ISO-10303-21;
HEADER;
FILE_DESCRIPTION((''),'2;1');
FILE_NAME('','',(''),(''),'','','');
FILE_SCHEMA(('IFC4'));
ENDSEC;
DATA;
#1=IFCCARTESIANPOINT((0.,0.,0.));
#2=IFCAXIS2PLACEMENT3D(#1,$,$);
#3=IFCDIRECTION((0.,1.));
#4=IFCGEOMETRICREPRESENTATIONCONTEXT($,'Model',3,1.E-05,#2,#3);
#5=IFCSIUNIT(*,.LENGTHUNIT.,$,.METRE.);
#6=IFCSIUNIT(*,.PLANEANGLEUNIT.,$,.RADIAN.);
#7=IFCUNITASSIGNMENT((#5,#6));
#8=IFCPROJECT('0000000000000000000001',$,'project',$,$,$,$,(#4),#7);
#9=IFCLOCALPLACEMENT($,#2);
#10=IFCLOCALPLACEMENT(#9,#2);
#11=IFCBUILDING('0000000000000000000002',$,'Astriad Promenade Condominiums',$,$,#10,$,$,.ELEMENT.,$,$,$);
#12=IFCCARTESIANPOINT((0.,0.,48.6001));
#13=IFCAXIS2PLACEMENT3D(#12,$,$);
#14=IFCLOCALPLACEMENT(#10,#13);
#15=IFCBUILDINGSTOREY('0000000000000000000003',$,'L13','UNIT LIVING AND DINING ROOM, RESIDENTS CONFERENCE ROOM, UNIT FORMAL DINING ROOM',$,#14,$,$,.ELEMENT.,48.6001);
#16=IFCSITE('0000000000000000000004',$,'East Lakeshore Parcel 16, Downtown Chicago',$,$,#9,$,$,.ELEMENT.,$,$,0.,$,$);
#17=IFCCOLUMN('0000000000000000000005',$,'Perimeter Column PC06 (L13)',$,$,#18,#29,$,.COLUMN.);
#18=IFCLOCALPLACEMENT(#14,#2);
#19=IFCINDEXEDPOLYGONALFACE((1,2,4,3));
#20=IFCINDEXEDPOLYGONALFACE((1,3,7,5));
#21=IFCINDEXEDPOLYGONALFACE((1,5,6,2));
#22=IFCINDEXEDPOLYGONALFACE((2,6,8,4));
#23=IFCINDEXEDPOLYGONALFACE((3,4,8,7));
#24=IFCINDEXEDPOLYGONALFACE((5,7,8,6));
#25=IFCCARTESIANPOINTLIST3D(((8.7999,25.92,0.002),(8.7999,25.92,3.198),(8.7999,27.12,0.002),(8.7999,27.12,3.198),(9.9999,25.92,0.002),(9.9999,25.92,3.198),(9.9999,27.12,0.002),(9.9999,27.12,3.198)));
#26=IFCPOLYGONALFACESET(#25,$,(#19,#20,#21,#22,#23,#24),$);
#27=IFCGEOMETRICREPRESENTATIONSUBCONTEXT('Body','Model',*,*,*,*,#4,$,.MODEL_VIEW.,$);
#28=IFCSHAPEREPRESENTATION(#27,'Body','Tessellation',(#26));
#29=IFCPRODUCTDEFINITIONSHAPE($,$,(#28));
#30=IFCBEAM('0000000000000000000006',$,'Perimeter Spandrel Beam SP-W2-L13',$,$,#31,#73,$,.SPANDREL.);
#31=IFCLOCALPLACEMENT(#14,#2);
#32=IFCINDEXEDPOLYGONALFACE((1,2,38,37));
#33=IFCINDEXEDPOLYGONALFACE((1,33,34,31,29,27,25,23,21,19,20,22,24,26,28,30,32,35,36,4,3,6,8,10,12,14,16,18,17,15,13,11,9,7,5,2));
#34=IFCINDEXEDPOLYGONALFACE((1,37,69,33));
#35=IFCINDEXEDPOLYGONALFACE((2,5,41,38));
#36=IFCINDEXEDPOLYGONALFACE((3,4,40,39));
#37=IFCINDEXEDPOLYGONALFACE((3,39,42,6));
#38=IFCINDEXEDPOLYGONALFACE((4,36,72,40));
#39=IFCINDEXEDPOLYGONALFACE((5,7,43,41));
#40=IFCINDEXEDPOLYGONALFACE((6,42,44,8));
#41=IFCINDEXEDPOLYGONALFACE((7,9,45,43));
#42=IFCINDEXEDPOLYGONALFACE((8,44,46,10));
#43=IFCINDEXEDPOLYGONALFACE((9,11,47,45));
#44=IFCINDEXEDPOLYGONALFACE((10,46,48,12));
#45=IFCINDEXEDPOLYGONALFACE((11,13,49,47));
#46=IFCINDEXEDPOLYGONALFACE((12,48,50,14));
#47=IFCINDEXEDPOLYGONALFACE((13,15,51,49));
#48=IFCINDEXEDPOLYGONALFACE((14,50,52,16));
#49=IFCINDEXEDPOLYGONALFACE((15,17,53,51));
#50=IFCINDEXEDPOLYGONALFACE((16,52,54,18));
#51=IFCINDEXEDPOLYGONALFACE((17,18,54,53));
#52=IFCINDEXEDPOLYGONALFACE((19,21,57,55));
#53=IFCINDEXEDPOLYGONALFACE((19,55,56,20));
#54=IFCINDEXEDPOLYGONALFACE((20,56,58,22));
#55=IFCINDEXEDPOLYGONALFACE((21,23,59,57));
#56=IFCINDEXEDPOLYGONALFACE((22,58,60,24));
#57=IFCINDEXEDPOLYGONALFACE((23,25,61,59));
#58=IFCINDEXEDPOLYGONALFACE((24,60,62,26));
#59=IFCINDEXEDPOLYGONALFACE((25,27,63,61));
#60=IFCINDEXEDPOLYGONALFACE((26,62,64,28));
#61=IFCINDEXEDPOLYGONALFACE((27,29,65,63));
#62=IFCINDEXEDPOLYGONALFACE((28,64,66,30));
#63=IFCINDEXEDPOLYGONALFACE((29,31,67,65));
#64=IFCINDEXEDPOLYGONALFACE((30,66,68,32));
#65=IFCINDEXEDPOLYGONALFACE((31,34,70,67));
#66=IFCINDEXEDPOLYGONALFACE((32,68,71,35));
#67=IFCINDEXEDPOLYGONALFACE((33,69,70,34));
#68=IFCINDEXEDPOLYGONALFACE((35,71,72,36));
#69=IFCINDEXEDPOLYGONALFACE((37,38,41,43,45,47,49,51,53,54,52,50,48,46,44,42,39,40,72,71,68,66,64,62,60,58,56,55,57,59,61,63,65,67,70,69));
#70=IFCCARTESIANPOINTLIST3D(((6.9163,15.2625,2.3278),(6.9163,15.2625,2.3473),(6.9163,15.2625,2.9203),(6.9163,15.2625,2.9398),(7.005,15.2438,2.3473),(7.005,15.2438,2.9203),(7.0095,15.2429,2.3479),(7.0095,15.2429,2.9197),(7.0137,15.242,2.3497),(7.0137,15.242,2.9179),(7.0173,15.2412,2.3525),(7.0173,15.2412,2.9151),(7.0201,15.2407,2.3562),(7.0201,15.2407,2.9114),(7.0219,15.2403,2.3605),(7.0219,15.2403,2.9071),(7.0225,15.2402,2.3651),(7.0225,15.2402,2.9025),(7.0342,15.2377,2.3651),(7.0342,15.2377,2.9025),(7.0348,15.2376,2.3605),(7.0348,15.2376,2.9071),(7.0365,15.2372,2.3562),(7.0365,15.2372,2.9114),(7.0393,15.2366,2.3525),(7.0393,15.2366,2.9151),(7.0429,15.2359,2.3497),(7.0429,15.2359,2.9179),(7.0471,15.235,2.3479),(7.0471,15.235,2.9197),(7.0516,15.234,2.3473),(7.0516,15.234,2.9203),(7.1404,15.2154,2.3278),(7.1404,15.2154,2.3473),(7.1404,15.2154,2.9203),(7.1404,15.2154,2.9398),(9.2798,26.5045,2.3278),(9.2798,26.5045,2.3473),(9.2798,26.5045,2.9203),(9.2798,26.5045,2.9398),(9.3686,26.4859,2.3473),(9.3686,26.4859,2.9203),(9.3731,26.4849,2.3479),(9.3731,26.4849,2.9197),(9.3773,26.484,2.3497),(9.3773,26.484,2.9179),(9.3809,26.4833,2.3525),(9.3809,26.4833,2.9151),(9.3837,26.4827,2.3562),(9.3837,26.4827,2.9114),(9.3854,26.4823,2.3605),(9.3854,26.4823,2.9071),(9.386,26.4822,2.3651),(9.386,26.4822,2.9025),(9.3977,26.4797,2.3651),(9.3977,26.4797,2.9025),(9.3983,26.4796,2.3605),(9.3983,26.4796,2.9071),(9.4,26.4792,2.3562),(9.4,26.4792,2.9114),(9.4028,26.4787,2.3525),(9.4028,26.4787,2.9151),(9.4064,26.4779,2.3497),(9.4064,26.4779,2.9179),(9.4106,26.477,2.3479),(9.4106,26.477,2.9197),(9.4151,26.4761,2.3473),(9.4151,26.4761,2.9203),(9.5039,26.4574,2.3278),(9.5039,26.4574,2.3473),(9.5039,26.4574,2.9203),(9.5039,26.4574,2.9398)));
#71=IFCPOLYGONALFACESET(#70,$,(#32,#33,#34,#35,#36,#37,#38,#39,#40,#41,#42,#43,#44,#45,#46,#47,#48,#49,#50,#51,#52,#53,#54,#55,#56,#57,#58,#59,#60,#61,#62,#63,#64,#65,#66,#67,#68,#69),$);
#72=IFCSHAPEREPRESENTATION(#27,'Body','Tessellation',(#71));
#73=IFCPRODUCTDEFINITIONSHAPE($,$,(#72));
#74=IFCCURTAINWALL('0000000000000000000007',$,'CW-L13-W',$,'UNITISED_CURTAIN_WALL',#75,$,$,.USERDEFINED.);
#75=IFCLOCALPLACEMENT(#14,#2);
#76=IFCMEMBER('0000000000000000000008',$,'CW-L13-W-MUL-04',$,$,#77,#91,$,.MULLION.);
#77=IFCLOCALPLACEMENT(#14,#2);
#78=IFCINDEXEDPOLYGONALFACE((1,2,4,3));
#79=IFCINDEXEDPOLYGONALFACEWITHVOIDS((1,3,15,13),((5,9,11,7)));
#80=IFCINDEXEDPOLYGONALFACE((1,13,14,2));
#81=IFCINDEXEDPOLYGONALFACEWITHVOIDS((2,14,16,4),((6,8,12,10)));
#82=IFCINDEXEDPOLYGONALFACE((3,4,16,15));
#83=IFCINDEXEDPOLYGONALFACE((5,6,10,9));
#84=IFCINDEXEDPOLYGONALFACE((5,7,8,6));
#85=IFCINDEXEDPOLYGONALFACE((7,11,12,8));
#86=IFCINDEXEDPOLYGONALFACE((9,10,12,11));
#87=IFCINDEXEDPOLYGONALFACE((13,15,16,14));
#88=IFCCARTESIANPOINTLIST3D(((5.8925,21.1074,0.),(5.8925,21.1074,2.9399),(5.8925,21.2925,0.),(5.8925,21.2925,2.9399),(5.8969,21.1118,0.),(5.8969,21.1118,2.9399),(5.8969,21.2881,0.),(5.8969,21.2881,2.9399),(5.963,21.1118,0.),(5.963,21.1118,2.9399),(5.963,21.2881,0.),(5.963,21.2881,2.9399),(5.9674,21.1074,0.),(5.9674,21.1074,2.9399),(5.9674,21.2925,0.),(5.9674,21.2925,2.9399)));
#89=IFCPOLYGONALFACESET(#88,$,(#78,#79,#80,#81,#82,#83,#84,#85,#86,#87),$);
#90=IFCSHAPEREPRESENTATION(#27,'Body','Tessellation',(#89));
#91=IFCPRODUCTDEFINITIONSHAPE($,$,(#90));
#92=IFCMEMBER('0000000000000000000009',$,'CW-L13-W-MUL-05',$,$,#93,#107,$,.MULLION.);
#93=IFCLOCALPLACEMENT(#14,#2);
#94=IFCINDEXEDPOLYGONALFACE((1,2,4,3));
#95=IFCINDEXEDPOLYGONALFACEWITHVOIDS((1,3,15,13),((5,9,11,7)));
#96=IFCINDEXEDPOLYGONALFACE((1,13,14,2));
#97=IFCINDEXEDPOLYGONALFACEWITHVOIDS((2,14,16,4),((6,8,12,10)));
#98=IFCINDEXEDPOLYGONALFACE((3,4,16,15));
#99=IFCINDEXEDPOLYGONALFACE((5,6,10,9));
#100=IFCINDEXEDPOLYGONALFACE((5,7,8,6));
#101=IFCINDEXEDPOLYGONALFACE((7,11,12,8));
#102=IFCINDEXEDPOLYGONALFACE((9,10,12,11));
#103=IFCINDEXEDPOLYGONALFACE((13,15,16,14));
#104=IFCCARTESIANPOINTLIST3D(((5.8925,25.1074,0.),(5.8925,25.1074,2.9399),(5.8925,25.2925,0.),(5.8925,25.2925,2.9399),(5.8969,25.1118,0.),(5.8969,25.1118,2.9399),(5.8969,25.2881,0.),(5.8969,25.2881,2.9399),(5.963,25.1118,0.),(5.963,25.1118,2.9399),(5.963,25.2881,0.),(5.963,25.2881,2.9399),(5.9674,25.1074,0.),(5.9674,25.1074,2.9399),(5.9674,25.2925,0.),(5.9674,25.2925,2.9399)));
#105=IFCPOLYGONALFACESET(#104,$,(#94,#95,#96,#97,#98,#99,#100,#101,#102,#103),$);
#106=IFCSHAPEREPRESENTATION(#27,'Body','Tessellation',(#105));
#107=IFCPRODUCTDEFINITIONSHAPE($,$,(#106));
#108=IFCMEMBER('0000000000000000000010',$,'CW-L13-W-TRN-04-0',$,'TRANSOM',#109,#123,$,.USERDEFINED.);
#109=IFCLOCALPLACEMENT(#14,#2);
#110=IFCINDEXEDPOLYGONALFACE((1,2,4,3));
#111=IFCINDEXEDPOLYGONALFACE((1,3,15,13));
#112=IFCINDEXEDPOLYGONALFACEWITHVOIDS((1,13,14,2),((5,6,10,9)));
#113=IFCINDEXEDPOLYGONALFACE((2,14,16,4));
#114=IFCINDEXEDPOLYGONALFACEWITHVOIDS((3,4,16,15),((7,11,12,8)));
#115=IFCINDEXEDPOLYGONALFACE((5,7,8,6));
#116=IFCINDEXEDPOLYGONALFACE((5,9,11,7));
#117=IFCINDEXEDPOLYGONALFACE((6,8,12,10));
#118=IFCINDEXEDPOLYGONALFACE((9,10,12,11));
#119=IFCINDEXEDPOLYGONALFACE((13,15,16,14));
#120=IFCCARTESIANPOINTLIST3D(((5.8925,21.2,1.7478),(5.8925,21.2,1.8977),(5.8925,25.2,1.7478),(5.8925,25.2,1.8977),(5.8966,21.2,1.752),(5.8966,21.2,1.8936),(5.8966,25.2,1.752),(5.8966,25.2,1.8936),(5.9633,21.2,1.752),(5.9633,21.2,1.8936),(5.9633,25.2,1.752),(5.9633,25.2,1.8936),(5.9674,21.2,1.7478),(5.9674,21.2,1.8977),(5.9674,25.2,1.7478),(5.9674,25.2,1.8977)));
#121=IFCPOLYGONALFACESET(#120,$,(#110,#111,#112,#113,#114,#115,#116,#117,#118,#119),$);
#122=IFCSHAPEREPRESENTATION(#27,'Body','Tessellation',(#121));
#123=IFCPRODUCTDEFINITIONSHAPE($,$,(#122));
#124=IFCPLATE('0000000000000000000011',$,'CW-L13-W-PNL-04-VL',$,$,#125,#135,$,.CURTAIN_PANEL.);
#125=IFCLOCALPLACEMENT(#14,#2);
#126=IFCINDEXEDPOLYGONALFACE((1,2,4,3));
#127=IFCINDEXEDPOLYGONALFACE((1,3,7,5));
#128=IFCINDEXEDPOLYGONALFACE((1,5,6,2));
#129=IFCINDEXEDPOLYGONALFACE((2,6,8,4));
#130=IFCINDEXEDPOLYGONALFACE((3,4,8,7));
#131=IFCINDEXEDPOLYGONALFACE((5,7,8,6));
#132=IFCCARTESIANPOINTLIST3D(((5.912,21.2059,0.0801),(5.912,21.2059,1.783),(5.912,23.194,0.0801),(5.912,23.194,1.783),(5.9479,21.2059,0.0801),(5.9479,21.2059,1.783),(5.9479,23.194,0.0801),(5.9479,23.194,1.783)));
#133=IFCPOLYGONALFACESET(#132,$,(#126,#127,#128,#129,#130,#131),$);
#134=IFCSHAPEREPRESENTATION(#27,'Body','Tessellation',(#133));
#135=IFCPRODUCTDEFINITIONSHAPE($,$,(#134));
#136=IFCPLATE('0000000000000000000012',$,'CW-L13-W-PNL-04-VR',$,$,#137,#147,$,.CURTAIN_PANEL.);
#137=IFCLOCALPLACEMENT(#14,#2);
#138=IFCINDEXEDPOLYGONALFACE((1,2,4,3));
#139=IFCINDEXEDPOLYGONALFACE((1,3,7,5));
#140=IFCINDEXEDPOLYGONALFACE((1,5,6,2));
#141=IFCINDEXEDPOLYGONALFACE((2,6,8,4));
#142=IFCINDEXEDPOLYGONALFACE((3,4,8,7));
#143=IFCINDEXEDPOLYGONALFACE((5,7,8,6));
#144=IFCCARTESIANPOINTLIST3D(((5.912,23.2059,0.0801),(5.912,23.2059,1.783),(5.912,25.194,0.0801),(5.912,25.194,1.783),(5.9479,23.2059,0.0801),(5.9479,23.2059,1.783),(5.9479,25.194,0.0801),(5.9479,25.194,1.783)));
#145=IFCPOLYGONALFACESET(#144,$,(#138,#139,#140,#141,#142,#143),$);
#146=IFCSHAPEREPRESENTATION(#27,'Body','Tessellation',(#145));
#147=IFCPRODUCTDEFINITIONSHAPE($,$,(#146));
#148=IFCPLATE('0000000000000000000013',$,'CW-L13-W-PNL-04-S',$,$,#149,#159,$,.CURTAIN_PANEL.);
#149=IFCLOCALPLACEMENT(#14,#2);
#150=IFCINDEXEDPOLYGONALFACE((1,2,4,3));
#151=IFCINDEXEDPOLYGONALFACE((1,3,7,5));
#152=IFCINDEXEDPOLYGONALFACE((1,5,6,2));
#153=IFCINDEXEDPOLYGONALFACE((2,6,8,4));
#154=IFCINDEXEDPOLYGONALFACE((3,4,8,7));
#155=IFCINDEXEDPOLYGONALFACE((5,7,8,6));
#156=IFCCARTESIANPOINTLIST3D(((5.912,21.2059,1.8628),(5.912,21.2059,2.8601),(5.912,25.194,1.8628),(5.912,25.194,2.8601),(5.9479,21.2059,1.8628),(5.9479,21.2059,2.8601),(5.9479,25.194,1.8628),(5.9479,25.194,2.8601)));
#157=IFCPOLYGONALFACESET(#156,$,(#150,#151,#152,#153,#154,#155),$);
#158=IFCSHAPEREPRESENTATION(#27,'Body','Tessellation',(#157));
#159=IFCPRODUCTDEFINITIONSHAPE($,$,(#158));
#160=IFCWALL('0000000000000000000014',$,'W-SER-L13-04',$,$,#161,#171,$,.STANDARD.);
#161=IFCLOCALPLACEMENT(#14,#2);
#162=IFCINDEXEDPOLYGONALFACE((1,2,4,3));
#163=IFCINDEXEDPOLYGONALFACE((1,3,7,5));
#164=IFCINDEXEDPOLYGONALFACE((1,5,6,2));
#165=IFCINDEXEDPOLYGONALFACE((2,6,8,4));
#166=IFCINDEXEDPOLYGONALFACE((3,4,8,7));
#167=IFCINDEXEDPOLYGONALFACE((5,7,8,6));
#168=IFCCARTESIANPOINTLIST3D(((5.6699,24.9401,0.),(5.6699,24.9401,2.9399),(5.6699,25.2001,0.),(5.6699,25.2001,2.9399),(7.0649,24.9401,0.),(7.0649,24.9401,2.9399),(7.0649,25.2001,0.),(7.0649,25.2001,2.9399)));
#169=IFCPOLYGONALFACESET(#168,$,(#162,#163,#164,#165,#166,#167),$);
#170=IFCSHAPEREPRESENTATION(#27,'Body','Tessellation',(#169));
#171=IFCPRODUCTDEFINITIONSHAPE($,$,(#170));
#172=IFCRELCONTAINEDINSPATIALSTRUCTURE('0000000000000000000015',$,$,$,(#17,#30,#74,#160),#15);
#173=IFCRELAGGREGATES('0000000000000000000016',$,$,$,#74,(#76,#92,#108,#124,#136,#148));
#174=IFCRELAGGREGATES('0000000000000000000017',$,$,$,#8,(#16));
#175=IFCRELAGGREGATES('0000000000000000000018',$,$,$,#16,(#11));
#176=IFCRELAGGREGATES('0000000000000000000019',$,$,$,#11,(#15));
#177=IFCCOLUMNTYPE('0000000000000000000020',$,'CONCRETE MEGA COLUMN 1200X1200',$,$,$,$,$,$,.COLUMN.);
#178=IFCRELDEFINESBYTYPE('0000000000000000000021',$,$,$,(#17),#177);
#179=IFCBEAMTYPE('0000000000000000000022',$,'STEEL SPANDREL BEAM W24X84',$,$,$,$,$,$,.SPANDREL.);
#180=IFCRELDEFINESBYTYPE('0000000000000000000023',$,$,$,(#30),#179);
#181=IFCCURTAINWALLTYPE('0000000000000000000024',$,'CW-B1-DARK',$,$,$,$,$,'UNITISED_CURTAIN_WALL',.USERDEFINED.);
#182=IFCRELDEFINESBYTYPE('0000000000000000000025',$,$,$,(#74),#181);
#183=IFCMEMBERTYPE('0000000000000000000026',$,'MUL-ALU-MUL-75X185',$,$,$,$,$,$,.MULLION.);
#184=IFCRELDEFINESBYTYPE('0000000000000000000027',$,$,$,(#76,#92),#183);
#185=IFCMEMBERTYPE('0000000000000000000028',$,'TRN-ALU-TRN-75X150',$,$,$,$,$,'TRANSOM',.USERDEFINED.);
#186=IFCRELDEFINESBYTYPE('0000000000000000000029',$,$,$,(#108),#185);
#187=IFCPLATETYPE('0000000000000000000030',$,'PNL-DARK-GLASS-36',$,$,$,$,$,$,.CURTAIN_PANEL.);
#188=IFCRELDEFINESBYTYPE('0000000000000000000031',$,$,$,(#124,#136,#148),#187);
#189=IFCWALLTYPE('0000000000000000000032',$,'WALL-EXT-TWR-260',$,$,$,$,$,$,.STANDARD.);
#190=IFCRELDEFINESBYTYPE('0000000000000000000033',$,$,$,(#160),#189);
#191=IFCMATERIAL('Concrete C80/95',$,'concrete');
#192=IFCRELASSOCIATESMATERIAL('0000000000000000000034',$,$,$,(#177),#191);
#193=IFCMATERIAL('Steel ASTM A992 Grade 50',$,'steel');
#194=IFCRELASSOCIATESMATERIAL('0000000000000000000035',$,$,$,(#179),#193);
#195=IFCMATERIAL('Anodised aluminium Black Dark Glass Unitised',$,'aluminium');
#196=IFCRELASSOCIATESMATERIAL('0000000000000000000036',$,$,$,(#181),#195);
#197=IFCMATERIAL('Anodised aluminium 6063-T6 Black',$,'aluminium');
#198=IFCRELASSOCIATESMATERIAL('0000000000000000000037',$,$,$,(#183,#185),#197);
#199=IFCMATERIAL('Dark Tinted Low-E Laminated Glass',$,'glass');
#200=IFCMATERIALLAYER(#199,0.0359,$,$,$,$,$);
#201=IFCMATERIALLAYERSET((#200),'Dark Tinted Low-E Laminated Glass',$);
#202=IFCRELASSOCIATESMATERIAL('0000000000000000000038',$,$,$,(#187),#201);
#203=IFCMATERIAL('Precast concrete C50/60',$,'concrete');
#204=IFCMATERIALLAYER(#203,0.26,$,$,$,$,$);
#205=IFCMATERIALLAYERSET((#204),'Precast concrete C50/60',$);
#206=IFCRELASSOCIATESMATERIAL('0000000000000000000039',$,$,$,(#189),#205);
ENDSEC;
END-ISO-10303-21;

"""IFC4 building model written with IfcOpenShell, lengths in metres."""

from ifc_helpers import new_model, si_unit, direction, frame, frame_2d, origin, origin_2d, place, context, subcontext, project, spatial, rectangle, hollow_rectangle, i_section, extrude, source, transform, mapped, material, layer, layer_set, material_profile, profile_set, type_object, type_shapes, element, aggregate, save


model = new_model("IFC4")

# Units and contexts
model_context = context("Model", 3, precision=1e-05, world=origin(), true_north=direction((0.0, 1.0)))
body_context = subcontext(model_context, "Body", "Model", "MODEL_VIEW")
ifc_project = project(units=[si_unit("LENGTHUNIT", "METRE"), si_unit("PLANEANGLEUNIT", "RADIAN")], contexts=[model_context])

# Site, building, storey
site_placement = place(None, origin())
site = spatial("IfcSite", under=ifc_project, at=site_placement, Name="East Lakeshore Parcel 16, Downtown Chicago", CompositionType="ELEMENT", RefElevation=0.0)
building_placement = place(site_placement, origin())
building = spatial("IfcBuilding", under=site, at=building_placement, Name="Astriad Promenade Condominiums", CompositionType="ELEMENT")
storey_placement = place(building_placement, frame((0.0, 0.0, 48.6001)))
storey = spatial("IfcBuildingStorey", under=building, at=storey_placement, Name="L13", Description="UNIT LIVING AND DINING ROOM, RESIDENTS CONFERENCE ROOM, UNIT FORMAL DINING ROOM", CompositionType="ELEMENT", Elevation=48.6001)

# Column
ifc_material_1 = material(Name="Concrete C80/95", Category="concrete")
ifc_material_profile_1 = material_profile(ifc_material_1, rectangle(XDim=1.2, YDim=1.2, at=origin_2d()), Name="RC-COL-1200X1200")
ifc_profile_set_1 = profile_set([ifc_material_profile_1], Name="Concrete C80/95")
column_type = type_object("IfcColumnType", Name="CONCRETE MEGA COLUMN 1200X1200", PredefinedType="COLUMN", material=ifc_profile_set_1)
shared_shape_1 = source(origin(), body_context, "Body", "SweptSolid", [
    extrude(rectangle(XDim=1.2, YDim=1.2, at=origin_2d()), origin(), (0.0, 0.0, 1.0), 3.196),
])
type_shapes(column_type, [shared_shape_1])
column_placement = place(storey_placement, frame((9.3999, 26.52, 0.002), z_axis=(0.0, 0.0, 1.0), x_axis=(1.0, 0.0, 0.0)))
element("IfcColumn", 1, at=column_placement, inside=storey, type_object=column_type, Name="Perimeter Column PC06 (L13)", PredefinedType="COLUMN", context=body_context, shape_type="MappedRepresentation", body=[
    mapped(shared_shape_1, transform((0.0, 0.0, 0.0), scale=1.0)),
])

# Beam
ifc_material_2 = material(Name="Steel ASTM A992 Grade 50", Category="steel")
ifc_material_profile_2 = material_profile(ifc_material_2, i_section(OverallWidth=0.229, OverallDepth=0.6121, WebThickness=0.012, FlangeThickness=0.0195, FilletRadius=0.0178, at=origin_2d()), Name="W24X84")
ifc_profile_set_2 = profile_set([ifc_material_profile_2], Name="Steel ASTM A992 Grade 50")
beam_type = type_object("IfcBeamType", Name="STEEL SPANDREL BEAM W24X84", PredefinedType="SPANDREL", material=ifc_profile_set_2)
shared_shape_2 = source(origin(), body_context, "Body", "SweptSolid", [
    extrude(i_section(OverallWidth=0.229, OverallDepth=0.6121, WebThickness=0.012, FlangeThickness=0.0195, FilletRadius=0.0178, at=origin_2d()), origin(), (0.0, 0.0, 1.0), 11.4878),
])
type_shapes(beam_type, [shared_shape_2])
beam_placement = place(storey_placement, frame((9.3918, 26.481, 2.6338), z_axis=(-0.205744, -0.978606, 0.0), x_axis=(0.978606, -0.205744, 0.0)))
element("IfcBeam", 2, at=beam_placement, inside=storey, type_object=beam_type, Name="Perimeter Spandrel Beam SP-W2-L13", PredefinedType="SPANDREL", context=body_context, shape_type="MappedRepresentation", body=[
    mapped(shared_shape_2, transform((0.0, 0.0, 0.0), scale=1.0)),
])

# Curtain wall, members, plates
ifc_material_3 = material(Name="Anodised aluminium Black Dark Glass Unitised", Category="aluminium")
curtain_wall_type = type_object("IfcCurtainWallType", Name="CW-B1-DARK", ElementType="UNITISED_CURTAIN_WALL", PredefinedType="USERDEFINED", material=ifc_material_3)
curtain_wall_placement = place(storey_placement, origin())
curtain_wall = element("IfcCurtainWall", 3, at=curtain_wall_placement, inside=storey, type_object=curtain_wall_type, Name="CW-L13-W", ObjectType="UNITISED_CURTAIN_WALL", PredefinedType="USERDEFINED")
ifc_material_4 = material(Name="Anodised aluminium 6063-T6 Black", Category="aluminium")
ifc_material_profile_3 = material_profile(ifc_material_4, hollow_rectangle(XDim=0.075, YDim=0.1851, WallThickness=0.0044, at=origin_2d()), Name="ALU-MUL-75X185")
ifc_profile_set_3 = profile_set([ifc_material_profile_3], Name="Anodised aluminium 6063-T6 Black")
member_type_1 = type_object("IfcMemberType", Name="MUL-ALU-MUL-75X185", PredefinedType="MULLION", material=ifc_profile_set_3)
shared_shape_3 = source(origin(), body_context, "Body", "SweptSolid", [
    extrude(hollow_rectangle(XDim=0.075, YDim=0.1851, WallThickness=0.0044, at=origin_2d()), origin(), (0.0, 0.0, 1.0), 2.9399),
])
type_shapes(member_type_1, [shared_shape_3])
member_1_placement = place(storey_placement, frame((5.9299, 21.2, 0.0), z_axis=(0.0, 0.0, 1.0), x_axis=(1.0, 0.0, 0.0)))
member_1 = element("IfcMember", 4, at=member_1_placement, type_object=member_type_1, Name="CW-L13-W-MUL-04", PredefinedType="MULLION", context=body_context, shape_type="MappedRepresentation", body=[
    mapped(shared_shape_3, transform((0.0, 0.0, 0.0), scale=1.0)),
])
member_2_placement = place(storey_placement, frame((5.9299, 25.2, 0.0), z_axis=(0.0, 0.0, 1.0), x_axis=(1.0, 0.0, 0.0)))
member_2 = element("IfcMember", 5, at=member_2_placement, type_object=member_type_1, Name="CW-L13-W-MUL-05", PredefinedType="MULLION", context=body_context, shape_type="MappedRepresentation", body=[
    mapped(shared_shape_3, transform((0.0, 0.0, 0.0), scale=1.0)),
])
ifc_material_profile_4 = material_profile(ifc_material_4, hollow_rectangle(XDim=0.075, YDim=0.1499, WallThickness=0.0042, at=origin_2d()), Name="ALU-TRN-75X150")
ifc_profile_set_4 = profile_set([ifc_material_profile_4], Name="Anodised aluminium 6063-T6 Black")
member_type_2 = type_object("IfcMemberType", Name="TRN-ALU-TRN-75X150", ElementType="TRANSOM", PredefinedType="USERDEFINED", material=ifc_profile_set_4)
shared_shape_4 = source(origin(), body_context, "Body", "SweptSolid", [
    extrude(hollow_rectangle(XDim=0.075, YDim=0.1499, WallThickness=0.0042, at=origin_2d()), origin(), (0.0, 0.0, 1.0), 4.0),
])
type_shapes(member_type_2, [shared_shape_4])
member_3_placement = place(storey_placement, frame((5.9299, 21.2, 1.8228), z_axis=(0.0, 1.0, 0.0), x_axis=(-1.0, 0.0, 0.0)))
member_3 = element("IfcMember", 6, at=member_3_placement, type_object=member_type_2, Name="CW-L13-W-TRN-04-0", ObjectType="TRANSOM", PredefinedType="USERDEFINED", context=body_context, shape_type="MappedRepresentation", body=[
    mapped(shared_shape_4, transform((0.0, 0.0, 0.0), scale=1.0)),
])
ifc_material_5 = material(Name="Dark Tinted Low-E Laminated Glass", Category="glass")
ifc_layer_1 = layer(ifc_material_5, 0.0359)
ifc_layer_set_1 = layer_set([ifc_layer_1], Name="Dark Tinted Low-E Laminated Glass")
plate_type = type_object("IfcPlateType", Name="PNL-DARK-GLASS-36", PredefinedType="CURTAIN_PANEL", material=ifc_layer_set_1)
shared_shape_5 = source(origin(), body_context, "Body", "SweptSolid", [
    extrude(rectangle(XDim=1.988, YDim=0.0359, at=origin_2d()), origin(), (0.0, 0.0, 1.0), 1.7029),
])
plate_1_placement = place(storey_placement, frame((5.9299, 22.2, 0.0801), z_axis=(0.0, 0.0, 1.0), x_axis=(0.0, 1.0, 0.0)))
plate_1 = element("IfcPlate", 7, at=plate_1_placement, type_object=plate_type, Name="CW-L13-W-PNL-04-VL", PredefinedType="CURTAIN_PANEL", context=body_context, shape_type="MappedRepresentation", body=[
    mapped(shared_shape_5, transform((0.0, 0.0, 0.0), scale=1.0)),
])
plate_2_placement = place(storey_placement, frame((5.9299, 24.2, 0.0801), z_axis=(0.0, 0.0, 1.0), x_axis=(0.0, 1.0, 0.0)))
plate_2 = element("IfcPlate", 8, at=plate_2_placement, type_object=plate_type, Name="CW-L13-W-PNL-04-VR", PredefinedType="CURTAIN_PANEL", context=body_context, shape_type="MappedRepresentation", body=[
    mapped(shared_shape_5, transform((0.0, 0.0, 0.0), scale=1.0)),
])
shared_shape_6 = source(origin(), body_context, "Body", "SweptSolid", [
    extrude(rectangle(XDim=3.988, YDim=0.0359, at=origin_2d()), origin(), (0.0, 0.0, 1.0), 0.9973),
])
type_shapes(plate_type, [shared_shape_5, shared_shape_6])
plate_3_placement = place(storey_placement, frame((5.9299, 23.2, 1.8628), z_axis=(0.0, 0.0, 1.0), x_axis=(0.0, 1.0, 0.0)))
plate_3 = element("IfcPlate", 9, at=plate_3_placement, type_object=plate_type, Name="CW-L13-W-PNL-04-S", PredefinedType="CURTAIN_PANEL", context=body_context, shape_type="MappedRepresentation", body=[
    mapped(shared_shape_6, transform((0.0, 0.0, 0.0), scale=1.0)),
])
aggregate(curtain_wall, [member_1, member_2, member_3, plate_1, plate_2, plate_3])

# Wall
ifc_material_6 = material(Name="Precast concrete C50/60", Category="concrete")
ifc_layer_2 = layer(ifc_material_6, 0.26)
ifc_layer_set_2 = layer_set([ifc_layer_2], Name="Precast concrete C50/60")
wall_type_1 = type_object("IfcWallType", Name="WALL-EXT-TWR-260", PredefinedType="STANDARD", material=ifc_layer_set_2)
for number, where, z_axis, x_axis, name in (
    (10, (5.6699, 25.0701, 0.0), (0.0, 0.0, 1.0), (1.0, 0.0, 0.0), "W-SER-L13-04"),
):
    element("IfcWall", number, at=place(storey_placement, frame(where, z_axis=z_axis, x_axis=x_axis)), inside=storey, type_object=wall_type_1, Name=name, PredefinedType="STANDARD", context=body_context, shape_type="SweptSolid", body=[
        extrude(rectangle(XDim=1.395, YDim=0.26, at=frame_2d((0.6975, 0.0))), origin(), (0.0, 0.0, 1.0), 2.9399),
    ])

save(model, "model.ifc")
